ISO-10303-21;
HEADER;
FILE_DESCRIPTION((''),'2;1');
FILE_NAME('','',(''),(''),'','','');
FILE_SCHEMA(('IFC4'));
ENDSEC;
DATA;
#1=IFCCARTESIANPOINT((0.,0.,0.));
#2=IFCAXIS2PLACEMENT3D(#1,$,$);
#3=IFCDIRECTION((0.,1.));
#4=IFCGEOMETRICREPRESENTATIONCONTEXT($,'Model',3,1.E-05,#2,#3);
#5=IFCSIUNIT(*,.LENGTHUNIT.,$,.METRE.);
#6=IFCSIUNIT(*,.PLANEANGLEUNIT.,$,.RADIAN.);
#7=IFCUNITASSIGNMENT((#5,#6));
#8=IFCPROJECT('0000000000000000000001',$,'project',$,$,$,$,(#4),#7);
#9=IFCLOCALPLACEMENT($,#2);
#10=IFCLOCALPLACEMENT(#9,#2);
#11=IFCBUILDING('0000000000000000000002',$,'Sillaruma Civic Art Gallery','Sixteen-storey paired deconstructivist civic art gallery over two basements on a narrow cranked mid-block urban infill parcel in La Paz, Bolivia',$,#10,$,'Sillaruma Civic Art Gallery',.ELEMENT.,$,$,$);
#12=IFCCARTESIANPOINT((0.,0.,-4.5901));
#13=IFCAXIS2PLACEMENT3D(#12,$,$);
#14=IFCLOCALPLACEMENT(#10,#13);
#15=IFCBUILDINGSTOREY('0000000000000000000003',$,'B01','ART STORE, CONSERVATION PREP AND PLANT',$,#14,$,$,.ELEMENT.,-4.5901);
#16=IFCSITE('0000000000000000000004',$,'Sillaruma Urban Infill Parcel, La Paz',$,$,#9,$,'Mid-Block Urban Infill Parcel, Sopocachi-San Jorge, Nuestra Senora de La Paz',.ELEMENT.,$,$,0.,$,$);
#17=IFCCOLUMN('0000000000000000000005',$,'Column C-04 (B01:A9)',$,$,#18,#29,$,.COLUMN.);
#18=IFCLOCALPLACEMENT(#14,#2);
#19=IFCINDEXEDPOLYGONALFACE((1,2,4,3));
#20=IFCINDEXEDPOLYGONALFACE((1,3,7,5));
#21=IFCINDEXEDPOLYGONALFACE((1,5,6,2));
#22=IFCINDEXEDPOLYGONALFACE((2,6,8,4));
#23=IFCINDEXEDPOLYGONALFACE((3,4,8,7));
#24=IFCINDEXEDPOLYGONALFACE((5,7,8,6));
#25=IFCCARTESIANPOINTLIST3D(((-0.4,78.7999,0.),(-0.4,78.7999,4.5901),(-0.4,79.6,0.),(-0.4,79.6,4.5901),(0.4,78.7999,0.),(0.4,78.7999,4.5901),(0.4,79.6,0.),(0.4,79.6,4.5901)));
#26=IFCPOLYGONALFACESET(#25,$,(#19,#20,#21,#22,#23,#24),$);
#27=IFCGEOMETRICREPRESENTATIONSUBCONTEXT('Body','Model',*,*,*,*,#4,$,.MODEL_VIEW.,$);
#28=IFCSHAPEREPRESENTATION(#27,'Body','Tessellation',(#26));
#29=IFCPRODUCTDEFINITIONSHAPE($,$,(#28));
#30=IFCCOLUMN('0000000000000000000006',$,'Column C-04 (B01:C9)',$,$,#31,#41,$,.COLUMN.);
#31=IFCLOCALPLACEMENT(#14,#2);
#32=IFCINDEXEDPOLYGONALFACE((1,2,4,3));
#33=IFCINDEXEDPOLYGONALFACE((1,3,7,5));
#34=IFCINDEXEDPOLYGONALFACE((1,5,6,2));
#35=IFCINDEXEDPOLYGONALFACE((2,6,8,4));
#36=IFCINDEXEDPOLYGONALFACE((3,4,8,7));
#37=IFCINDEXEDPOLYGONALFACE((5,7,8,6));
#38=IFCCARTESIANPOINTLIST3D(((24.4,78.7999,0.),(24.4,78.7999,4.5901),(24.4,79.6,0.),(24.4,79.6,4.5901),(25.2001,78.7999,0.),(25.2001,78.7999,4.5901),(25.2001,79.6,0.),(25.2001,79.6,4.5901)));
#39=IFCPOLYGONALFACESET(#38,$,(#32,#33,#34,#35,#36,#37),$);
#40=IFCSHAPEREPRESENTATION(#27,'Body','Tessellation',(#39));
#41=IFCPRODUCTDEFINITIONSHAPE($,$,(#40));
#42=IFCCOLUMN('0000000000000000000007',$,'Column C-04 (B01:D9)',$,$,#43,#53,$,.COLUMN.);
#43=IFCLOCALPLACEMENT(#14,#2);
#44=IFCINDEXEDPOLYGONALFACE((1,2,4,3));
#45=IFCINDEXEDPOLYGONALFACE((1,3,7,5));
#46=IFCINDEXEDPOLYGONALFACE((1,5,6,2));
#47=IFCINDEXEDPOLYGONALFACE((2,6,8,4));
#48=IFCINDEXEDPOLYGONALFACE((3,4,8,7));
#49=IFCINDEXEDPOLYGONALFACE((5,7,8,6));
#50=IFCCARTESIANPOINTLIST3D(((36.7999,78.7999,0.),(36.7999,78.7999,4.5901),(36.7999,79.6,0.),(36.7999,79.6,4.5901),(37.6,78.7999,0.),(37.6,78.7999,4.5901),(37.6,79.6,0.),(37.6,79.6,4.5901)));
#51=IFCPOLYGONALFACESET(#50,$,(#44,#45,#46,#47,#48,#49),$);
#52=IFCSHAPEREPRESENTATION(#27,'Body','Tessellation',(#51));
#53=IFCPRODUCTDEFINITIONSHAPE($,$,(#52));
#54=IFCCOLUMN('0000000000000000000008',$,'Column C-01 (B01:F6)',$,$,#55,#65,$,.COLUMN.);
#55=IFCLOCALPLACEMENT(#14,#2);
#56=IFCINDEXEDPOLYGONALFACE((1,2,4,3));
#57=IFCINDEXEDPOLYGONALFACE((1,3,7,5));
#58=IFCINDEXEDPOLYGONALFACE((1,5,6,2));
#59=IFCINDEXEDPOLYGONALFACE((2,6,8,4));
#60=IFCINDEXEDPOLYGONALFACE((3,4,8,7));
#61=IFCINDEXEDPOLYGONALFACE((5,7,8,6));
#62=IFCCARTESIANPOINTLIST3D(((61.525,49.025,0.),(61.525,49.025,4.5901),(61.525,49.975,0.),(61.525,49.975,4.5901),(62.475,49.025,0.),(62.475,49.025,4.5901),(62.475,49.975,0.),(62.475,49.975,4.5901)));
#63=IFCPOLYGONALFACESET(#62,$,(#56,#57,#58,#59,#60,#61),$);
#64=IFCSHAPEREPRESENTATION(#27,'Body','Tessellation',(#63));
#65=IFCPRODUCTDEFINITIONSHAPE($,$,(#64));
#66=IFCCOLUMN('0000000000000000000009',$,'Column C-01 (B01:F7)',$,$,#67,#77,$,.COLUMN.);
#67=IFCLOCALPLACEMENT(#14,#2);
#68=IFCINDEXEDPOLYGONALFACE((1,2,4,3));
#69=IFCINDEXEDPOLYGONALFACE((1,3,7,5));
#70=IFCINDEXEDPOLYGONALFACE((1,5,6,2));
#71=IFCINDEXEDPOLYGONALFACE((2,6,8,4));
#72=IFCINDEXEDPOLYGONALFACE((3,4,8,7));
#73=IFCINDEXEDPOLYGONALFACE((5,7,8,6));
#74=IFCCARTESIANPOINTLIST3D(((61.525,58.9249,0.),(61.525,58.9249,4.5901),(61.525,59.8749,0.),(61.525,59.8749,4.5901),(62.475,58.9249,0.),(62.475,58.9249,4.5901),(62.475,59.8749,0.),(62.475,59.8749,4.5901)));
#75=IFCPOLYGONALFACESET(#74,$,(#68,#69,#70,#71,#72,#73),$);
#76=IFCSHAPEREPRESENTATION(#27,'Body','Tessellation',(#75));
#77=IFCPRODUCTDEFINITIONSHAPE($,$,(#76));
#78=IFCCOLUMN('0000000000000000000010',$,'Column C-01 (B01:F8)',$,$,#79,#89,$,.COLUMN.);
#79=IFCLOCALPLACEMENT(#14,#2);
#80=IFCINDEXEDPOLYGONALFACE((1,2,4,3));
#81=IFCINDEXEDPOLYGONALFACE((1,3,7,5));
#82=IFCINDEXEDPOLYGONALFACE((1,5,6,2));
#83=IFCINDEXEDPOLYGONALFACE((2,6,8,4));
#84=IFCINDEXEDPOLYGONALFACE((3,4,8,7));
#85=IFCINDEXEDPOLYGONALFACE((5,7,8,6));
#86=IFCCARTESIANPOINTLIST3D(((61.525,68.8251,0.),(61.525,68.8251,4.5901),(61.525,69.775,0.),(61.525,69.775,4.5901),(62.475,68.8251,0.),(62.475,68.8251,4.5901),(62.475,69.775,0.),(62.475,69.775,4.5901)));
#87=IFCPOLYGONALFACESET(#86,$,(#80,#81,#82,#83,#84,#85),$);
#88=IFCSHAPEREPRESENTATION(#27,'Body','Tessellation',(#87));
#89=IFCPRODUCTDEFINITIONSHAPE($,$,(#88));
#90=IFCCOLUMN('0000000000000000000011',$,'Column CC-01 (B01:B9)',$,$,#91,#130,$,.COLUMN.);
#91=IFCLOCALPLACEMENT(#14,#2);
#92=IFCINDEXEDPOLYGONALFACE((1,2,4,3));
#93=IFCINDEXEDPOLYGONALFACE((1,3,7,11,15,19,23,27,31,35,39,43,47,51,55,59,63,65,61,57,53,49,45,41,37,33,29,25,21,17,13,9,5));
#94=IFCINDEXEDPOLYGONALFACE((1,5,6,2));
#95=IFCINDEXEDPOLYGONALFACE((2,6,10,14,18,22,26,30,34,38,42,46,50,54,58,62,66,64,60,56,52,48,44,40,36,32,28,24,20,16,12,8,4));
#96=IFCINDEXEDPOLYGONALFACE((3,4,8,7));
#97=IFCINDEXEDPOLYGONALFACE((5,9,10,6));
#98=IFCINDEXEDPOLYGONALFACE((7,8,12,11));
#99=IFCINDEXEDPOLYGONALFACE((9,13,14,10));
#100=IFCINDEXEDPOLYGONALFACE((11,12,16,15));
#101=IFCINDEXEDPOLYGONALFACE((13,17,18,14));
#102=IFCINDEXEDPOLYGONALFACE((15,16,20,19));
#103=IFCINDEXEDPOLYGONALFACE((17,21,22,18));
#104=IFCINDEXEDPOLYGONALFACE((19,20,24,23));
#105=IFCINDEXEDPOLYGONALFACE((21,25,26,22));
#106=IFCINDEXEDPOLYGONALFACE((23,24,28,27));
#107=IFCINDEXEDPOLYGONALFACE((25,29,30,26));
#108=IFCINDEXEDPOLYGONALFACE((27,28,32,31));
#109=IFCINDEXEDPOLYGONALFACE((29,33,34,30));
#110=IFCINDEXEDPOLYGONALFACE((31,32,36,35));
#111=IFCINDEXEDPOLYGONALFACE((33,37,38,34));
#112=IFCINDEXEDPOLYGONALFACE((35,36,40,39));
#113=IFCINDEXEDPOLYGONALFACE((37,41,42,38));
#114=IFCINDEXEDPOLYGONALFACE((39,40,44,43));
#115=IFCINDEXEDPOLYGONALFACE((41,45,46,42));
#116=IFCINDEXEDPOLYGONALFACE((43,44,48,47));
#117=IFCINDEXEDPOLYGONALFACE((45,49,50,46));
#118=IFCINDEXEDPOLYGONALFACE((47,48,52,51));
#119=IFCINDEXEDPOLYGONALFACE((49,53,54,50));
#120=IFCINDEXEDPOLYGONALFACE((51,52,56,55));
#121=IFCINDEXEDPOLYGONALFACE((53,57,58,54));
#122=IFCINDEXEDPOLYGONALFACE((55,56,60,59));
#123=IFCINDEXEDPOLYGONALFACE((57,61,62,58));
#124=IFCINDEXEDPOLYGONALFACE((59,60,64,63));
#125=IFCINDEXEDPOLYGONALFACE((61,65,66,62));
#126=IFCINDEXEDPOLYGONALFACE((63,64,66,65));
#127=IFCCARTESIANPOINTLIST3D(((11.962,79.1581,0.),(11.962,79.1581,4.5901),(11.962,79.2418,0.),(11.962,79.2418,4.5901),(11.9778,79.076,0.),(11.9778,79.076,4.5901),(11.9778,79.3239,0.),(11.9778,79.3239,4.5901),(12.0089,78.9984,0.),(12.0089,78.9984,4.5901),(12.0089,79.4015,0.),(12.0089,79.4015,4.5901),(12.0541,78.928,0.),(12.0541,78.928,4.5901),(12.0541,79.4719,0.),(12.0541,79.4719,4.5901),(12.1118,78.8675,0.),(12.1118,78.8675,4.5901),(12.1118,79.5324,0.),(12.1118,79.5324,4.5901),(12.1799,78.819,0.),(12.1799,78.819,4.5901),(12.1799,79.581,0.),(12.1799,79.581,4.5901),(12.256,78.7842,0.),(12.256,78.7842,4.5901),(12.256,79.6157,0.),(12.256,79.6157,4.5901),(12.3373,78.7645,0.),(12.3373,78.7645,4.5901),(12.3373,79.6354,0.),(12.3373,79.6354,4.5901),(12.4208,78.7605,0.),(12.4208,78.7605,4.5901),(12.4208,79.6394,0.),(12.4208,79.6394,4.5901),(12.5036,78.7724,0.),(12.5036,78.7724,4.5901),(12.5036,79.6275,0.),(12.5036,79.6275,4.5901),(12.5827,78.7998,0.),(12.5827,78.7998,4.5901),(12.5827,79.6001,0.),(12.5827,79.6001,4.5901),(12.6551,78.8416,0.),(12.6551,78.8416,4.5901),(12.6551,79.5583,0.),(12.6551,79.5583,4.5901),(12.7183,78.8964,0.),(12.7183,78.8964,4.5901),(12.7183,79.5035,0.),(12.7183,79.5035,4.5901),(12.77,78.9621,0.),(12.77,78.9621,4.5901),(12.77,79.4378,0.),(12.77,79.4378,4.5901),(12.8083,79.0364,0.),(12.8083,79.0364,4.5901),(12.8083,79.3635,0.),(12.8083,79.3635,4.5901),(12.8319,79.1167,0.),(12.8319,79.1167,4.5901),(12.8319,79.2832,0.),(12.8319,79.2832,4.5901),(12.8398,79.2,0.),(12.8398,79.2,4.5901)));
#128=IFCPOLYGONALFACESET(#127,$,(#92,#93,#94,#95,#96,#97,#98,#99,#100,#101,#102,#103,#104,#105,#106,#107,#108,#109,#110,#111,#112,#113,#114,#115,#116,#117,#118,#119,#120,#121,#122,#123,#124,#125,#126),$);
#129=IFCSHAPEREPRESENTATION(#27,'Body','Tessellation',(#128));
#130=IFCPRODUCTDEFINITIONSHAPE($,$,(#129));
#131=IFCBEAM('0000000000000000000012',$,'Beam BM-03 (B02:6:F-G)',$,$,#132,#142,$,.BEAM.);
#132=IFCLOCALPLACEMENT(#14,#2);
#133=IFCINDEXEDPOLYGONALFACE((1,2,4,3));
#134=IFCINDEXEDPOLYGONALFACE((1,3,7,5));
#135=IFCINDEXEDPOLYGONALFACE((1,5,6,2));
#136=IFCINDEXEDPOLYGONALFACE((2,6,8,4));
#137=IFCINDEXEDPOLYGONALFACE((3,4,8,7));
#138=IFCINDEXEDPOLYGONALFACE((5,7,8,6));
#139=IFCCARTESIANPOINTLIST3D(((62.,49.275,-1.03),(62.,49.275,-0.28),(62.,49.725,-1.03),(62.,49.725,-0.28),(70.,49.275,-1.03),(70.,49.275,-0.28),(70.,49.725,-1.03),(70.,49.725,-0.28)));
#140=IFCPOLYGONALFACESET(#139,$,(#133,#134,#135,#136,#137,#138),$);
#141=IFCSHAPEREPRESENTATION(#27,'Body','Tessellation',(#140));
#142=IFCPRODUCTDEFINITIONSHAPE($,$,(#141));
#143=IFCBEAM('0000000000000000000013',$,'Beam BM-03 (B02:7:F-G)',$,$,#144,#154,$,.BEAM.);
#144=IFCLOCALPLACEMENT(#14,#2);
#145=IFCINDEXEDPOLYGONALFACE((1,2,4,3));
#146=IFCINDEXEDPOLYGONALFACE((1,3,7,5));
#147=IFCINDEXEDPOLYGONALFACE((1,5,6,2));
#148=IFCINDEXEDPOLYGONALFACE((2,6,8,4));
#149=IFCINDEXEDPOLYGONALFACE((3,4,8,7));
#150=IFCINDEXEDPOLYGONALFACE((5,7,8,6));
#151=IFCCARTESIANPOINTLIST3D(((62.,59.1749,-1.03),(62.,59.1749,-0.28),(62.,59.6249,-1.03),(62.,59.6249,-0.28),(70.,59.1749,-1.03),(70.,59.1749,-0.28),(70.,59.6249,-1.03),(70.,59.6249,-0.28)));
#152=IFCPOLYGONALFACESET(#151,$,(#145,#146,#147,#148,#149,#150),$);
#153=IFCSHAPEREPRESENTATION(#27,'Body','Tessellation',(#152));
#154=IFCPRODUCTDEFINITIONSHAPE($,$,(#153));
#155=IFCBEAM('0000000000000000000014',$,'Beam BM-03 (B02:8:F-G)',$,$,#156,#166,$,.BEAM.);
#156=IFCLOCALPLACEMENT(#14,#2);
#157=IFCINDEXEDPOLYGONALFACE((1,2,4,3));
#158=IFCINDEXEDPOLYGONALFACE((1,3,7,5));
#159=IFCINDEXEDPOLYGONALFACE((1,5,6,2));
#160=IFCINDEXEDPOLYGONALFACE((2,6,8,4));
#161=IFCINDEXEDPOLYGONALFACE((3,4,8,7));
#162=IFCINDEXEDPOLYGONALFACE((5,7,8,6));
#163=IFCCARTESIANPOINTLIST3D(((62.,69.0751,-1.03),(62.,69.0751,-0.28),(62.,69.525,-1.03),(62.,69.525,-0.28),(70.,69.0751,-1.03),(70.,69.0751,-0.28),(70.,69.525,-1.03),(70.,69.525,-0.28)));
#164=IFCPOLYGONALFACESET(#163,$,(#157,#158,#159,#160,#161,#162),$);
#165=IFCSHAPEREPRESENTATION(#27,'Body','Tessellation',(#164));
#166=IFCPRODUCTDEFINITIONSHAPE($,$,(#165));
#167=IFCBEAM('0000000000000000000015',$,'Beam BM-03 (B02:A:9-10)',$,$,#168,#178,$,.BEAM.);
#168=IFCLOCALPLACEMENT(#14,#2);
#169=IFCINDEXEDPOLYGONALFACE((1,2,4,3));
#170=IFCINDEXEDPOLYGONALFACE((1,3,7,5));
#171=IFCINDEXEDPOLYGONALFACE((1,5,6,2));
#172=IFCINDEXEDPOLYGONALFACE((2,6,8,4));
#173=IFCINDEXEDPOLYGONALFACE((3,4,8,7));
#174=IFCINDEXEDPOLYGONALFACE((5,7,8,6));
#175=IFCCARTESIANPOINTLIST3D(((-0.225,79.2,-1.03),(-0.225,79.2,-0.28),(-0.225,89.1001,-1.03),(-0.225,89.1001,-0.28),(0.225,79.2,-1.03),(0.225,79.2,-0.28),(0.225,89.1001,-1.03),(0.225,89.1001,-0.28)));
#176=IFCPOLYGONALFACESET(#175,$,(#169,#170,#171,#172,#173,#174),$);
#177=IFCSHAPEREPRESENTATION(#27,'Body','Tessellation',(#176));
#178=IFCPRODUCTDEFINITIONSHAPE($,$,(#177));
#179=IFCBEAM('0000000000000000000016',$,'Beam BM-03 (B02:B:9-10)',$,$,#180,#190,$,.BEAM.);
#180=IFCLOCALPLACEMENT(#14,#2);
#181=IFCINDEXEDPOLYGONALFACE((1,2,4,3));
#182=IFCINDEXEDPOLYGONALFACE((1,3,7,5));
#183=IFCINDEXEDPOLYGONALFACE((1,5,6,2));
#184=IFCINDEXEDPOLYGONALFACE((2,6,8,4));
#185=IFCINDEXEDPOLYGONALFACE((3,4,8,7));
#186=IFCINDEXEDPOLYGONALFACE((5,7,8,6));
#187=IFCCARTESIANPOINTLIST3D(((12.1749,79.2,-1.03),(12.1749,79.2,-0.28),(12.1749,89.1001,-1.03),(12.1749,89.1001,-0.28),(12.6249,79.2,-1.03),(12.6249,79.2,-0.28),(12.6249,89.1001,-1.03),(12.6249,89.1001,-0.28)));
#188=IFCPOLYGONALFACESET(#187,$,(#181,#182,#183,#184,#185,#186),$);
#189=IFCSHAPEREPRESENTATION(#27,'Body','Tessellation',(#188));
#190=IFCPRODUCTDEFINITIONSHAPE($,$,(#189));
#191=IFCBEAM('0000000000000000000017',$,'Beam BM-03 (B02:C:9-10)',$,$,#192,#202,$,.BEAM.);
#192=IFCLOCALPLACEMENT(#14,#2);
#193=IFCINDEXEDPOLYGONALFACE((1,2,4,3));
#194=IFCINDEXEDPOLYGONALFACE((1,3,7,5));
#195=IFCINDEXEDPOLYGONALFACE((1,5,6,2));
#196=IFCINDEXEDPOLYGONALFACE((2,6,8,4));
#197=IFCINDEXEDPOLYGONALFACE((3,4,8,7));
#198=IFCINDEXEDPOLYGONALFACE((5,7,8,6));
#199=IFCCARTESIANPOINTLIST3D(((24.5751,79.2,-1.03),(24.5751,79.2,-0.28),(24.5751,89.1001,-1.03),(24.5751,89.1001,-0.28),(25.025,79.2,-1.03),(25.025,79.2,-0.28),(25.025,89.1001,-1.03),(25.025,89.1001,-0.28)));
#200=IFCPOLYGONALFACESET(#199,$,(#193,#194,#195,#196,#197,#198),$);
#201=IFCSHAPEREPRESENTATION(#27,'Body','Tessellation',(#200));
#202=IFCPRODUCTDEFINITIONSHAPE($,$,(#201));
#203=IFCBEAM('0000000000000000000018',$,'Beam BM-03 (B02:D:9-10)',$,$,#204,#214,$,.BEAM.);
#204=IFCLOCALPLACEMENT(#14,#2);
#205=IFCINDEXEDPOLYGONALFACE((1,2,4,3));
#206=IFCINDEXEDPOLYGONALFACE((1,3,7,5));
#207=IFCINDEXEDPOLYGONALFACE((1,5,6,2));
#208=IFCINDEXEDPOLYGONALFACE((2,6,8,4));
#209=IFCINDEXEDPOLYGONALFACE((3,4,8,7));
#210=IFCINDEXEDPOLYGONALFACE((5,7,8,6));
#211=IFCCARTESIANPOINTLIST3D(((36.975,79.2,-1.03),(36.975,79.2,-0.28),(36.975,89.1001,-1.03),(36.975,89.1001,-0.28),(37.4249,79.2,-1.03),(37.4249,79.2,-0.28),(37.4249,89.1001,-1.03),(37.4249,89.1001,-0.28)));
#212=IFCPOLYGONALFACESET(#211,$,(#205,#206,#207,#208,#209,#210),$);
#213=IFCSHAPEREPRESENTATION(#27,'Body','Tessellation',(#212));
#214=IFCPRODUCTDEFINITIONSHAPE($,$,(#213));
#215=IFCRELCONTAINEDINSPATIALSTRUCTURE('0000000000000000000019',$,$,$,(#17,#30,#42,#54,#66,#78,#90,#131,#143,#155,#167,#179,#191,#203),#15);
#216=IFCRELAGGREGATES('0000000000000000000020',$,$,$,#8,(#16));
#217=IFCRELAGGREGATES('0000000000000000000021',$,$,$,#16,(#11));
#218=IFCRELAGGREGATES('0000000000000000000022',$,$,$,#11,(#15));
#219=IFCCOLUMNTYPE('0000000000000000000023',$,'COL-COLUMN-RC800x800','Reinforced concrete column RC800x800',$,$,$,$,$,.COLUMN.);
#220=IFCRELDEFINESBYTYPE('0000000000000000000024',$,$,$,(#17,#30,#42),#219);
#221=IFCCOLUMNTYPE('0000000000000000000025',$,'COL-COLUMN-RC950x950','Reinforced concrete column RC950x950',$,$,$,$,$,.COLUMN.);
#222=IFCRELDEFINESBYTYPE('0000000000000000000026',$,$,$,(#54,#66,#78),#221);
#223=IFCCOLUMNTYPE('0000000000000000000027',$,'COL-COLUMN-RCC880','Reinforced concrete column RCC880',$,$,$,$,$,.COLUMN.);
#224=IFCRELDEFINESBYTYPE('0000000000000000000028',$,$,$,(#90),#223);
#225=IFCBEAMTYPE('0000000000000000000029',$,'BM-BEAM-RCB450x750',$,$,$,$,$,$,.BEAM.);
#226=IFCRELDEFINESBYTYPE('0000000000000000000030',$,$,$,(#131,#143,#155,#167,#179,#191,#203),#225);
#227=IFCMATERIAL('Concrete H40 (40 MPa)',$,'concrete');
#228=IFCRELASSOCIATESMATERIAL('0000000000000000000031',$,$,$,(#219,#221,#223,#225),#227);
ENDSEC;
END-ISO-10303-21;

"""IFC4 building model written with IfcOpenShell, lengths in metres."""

from ifc_helpers import new_model, si_unit, direction, frame, origin, origin_2d, place, context, subcontext, project, spatial, rectangle, circle, extrude, material, material_profile, profile_set, type_object, element, save


model = new_model("IFC4")

# Units and contexts
model_context = context("Model", 3, precision=1e-05, world=origin(), true_north=direction((0.0, 1.0)))
body_context = subcontext(model_context, "Body", "Model", "MODEL_VIEW")
ifc_project = project(units=[si_unit("LENGTHUNIT", "METRE"), si_unit("PLANEANGLEUNIT", "RADIAN")], contexts=[model_context])

# Site, building, storey
site_placement = place(None, origin())
site = spatial("IfcSite", under=ifc_project, at=site_placement, Name="Sillaruma Urban Infill Parcel, La Paz", LongName="Mid-Block Urban Infill Parcel, Sopocachi-San Jorge, Nuestra Senora de La Paz", CompositionType="ELEMENT", RefElevation=0.0)
building_placement = place(site_placement, origin())
building = spatial("IfcBuilding", under=site, at=building_placement, Name="Sillaruma Civic Art Gallery", Description="Sixteen-storey paired deconstructivist civic art gallery over two basements on a narrow cranked mid-block urban infill parcel in La Paz, Bolivia", LongName="Sillaruma Civic Art Gallery", CompositionType="ELEMENT")
storey_placement = place(building_placement, frame((0.0, 0.0, -4.5901)))
storey = spatial("IfcBuildingStorey", under=building, at=storey_placement, Name="B01", Description="ART STORE, CONSERVATION PREP AND PLANT", CompositionType="ELEMENT", Elevation=-4.5901)

# Columns
ifc_material_1 = material(Name="Concrete H40 (40 MPa)", Category="concrete")
ifc_material_profile_1 = material_profile(ifc_material_1, rectangle(XDim=0.8, YDim=0.8, at=origin_2d()), Name="RC800x800")
ifc_profile_set_1 = profile_set([ifc_material_profile_1], Name="Concrete H40 (40 MPa)")
column_type_1 = type_object("IfcColumnType", Name="COL-COLUMN-RC800x800", Description="Reinforced concrete column RC800x800", PredefinedType="COLUMN", material=ifc_profile_set_1)
for number, where, z_axis, x_axis, name in (
    (1, (0.0, 79.2, 0.0), (0.0, 0.0, 1.0), (1.0, 0.0, 0.0), "Column C-04 (B01:A9)"),
    (2, (24.8, 79.2, 0.0), (0.0, 0.0, 1.0), (1.0, 0.0, 0.0), "Column C-04 (B01:C9)"),
    (3, (37.2, 79.2, 0.0), (0.0, 0.0, 1.0), (1.0, 0.0, 0.0), "Column C-04 (B01:D9)"),
):
    element("IfcColumn", number, at=place(storey_placement, frame(where, z_axis=z_axis, x_axis=x_axis)), inside=storey, type_object=column_type_1, Name=name, PredefinedType="COLUMN", context=body_context, shape_type="SweptSolid", body=[
        extrude(rectangle(XDim=0.8, YDim=0.8, at=origin_2d()), origin(), (0.0, 0.0, 1.0), 4.5901),
    ])
ifc_material_profile_2 = material_profile(ifc_material_1, rectangle(XDim=0.95, YDim=0.95, at=origin_2d()), Name="RC950x950")
ifc_profile_set_2 = profile_set([ifc_material_profile_2], Name="Concrete H40 (40 MPa)")
column_type_2 = type_object("IfcColumnType", Name="COL-COLUMN-RC950x950", Description="Reinforced concrete column RC950x950", PredefinedType="COLUMN", material=ifc_profile_set_2)
for number, where, z_axis, x_axis, name in (
    (4, (62.0, 49.5, 0.0), (0.0, 0.0, 1.0), (1.0, 0.0, 0.0), "Column C-01 (B01:F6)"),
    (5, (62.0, 59.3999, 0.0), (0.0, 0.0, 1.0), (1.0, 0.0, 0.0), "Column C-01 (B01:F7)"),
    (6, (62.0, 69.3, 0.0), (0.0, 0.0, 1.0), (1.0, 0.0, 0.0), "Column C-01 (B01:F8)"),
):
    element("IfcColumn", number, at=place(storey_placement, frame(where, z_axis=z_axis, x_axis=x_axis)), inside=storey, type_object=column_type_2, Name=name, PredefinedType="COLUMN", context=body_context, shape_type="SweptSolid", body=[
        extrude(rectangle(XDim=0.95, YDim=0.95, at=origin_2d()), origin(), (0.0, 0.0, 1.0), 4.5901),
    ])
ifc_material_profile_3 = material_profile(ifc_material_1, circle(Radius=0.4399, at=origin_2d()), Name="RCC880")
ifc_profile_set_3 = profile_set([ifc_material_profile_3], Name="Concrete H40 (40 MPa)")
column_type_3 = type_object("IfcColumnType", Name="COL-COLUMN-RCC880", Description="Reinforced concrete column RCC880", PredefinedType="COLUMN", material=ifc_profile_set_3)
column_placement = place(storey_placement, frame((12.3999, 79.2, 0.0), z_axis=(0.0, 0.0, 1.0), x_axis=(1.0, 0.0, 0.0)))
element("IfcColumn", 7, at=column_placement, inside=storey, type_object=column_type_3, Name="Column CC-01 (B01:B9)", PredefinedType="COLUMN", context=body_context, shape_type="SweptSolid", body=[
    extrude(circle(Radius=0.4399, at=origin_2d()), origin(), (0.0, 0.0, 1.0), 4.5901),
])

# Beams
ifc_material_profile_4 = material_profile(ifc_material_1, rectangle(XDim=0.45, YDim=0.75, at=origin_2d()), Name="RCB450x750")
ifc_profile_set_4 = profile_set([ifc_material_profile_4], Name="Concrete H40 (40 MPa)")
beam_type_1 = type_object("IfcBeamType", Name="BM-BEAM-RCB450x750", PredefinedType="BEAM", material=ifc_profile_set_4)
for number, where, z_axis, x_axis, name in (
    (8, (62.0, 49.5, -0.655), (1.0, 0.0, 0.0), (0.0, 1.0, 0.0), "Beam BM-03 (B02:6:F-G)"),
    (9, (62.0, 59.3999, -0.655), (1.0, 0.0, 0.0), (0.0, 1.0, 0.0), "Beam BM-03 (B02:7:F-G)"),
    (10, (62.0, 69.3, -0.655), (1.0, 0.0, 0.0), (0.0, 1.0, 0.0), "Beam BM-03 (B02:8:F-G)"),
):
    element("IfcBeam", number, at=place(storey_placement, frame(where, z_axis=z_axis, x_axis=x_axis)), inside=storey, type_object=beam_type_1, Name=name, PredefinedType="BEAM", context=body_context, shape_type="SweptSolid", body=[
        extrude(rectangle(XDim=0.45, YDim=0.75, at=origin_2d()), origin(), (0.0, 0.0, 1.0), 8.0),
    ])
for number, where, z_axis, x_axis, name in (
    (11, (0.0, 79.2, -0.655), (0.0, 1.0, 0.0), (-1.0, 0.0, 0.0), "Beam BM-03 (B02:A:9-10)"),
    (12, (12.3999, 79.2, -0.655), (0.0, 1.0, 0.0), (-1.0, 0.0, 0.0), "Beam BM-03 (B02:B:9-10)"),
    (13, (24.8, 79.2, -0.655), (0.0, 1.0, 0.0), (-1.0, 0.0, 0.0), "Beam BM-03 (B02:C:9-10)"),
    (14, (37.2, 79.2, -0.655), (0.0, 1.0, 0.0), (-1.0, 0.0, 0.0), "Beam BM-03 (B02:D:9-10)"),
):
    element("IfcBeam", number, at=place(storey_placement, frame(where, z_axis=z_axis, x_axis=x_axis)), inside=storey, type_object=beam_type_1, Name=name, PredefinedType="BEAM", context=body_context, shape_type="SweptSolid", body=[
        extrude(rectangle(XDim=0.45, YDim=0.75, at=origin_2d()), origin(), (0.0, 0.0, 1.0), 9.9001),
    ])

save(model, "model.ifc")
